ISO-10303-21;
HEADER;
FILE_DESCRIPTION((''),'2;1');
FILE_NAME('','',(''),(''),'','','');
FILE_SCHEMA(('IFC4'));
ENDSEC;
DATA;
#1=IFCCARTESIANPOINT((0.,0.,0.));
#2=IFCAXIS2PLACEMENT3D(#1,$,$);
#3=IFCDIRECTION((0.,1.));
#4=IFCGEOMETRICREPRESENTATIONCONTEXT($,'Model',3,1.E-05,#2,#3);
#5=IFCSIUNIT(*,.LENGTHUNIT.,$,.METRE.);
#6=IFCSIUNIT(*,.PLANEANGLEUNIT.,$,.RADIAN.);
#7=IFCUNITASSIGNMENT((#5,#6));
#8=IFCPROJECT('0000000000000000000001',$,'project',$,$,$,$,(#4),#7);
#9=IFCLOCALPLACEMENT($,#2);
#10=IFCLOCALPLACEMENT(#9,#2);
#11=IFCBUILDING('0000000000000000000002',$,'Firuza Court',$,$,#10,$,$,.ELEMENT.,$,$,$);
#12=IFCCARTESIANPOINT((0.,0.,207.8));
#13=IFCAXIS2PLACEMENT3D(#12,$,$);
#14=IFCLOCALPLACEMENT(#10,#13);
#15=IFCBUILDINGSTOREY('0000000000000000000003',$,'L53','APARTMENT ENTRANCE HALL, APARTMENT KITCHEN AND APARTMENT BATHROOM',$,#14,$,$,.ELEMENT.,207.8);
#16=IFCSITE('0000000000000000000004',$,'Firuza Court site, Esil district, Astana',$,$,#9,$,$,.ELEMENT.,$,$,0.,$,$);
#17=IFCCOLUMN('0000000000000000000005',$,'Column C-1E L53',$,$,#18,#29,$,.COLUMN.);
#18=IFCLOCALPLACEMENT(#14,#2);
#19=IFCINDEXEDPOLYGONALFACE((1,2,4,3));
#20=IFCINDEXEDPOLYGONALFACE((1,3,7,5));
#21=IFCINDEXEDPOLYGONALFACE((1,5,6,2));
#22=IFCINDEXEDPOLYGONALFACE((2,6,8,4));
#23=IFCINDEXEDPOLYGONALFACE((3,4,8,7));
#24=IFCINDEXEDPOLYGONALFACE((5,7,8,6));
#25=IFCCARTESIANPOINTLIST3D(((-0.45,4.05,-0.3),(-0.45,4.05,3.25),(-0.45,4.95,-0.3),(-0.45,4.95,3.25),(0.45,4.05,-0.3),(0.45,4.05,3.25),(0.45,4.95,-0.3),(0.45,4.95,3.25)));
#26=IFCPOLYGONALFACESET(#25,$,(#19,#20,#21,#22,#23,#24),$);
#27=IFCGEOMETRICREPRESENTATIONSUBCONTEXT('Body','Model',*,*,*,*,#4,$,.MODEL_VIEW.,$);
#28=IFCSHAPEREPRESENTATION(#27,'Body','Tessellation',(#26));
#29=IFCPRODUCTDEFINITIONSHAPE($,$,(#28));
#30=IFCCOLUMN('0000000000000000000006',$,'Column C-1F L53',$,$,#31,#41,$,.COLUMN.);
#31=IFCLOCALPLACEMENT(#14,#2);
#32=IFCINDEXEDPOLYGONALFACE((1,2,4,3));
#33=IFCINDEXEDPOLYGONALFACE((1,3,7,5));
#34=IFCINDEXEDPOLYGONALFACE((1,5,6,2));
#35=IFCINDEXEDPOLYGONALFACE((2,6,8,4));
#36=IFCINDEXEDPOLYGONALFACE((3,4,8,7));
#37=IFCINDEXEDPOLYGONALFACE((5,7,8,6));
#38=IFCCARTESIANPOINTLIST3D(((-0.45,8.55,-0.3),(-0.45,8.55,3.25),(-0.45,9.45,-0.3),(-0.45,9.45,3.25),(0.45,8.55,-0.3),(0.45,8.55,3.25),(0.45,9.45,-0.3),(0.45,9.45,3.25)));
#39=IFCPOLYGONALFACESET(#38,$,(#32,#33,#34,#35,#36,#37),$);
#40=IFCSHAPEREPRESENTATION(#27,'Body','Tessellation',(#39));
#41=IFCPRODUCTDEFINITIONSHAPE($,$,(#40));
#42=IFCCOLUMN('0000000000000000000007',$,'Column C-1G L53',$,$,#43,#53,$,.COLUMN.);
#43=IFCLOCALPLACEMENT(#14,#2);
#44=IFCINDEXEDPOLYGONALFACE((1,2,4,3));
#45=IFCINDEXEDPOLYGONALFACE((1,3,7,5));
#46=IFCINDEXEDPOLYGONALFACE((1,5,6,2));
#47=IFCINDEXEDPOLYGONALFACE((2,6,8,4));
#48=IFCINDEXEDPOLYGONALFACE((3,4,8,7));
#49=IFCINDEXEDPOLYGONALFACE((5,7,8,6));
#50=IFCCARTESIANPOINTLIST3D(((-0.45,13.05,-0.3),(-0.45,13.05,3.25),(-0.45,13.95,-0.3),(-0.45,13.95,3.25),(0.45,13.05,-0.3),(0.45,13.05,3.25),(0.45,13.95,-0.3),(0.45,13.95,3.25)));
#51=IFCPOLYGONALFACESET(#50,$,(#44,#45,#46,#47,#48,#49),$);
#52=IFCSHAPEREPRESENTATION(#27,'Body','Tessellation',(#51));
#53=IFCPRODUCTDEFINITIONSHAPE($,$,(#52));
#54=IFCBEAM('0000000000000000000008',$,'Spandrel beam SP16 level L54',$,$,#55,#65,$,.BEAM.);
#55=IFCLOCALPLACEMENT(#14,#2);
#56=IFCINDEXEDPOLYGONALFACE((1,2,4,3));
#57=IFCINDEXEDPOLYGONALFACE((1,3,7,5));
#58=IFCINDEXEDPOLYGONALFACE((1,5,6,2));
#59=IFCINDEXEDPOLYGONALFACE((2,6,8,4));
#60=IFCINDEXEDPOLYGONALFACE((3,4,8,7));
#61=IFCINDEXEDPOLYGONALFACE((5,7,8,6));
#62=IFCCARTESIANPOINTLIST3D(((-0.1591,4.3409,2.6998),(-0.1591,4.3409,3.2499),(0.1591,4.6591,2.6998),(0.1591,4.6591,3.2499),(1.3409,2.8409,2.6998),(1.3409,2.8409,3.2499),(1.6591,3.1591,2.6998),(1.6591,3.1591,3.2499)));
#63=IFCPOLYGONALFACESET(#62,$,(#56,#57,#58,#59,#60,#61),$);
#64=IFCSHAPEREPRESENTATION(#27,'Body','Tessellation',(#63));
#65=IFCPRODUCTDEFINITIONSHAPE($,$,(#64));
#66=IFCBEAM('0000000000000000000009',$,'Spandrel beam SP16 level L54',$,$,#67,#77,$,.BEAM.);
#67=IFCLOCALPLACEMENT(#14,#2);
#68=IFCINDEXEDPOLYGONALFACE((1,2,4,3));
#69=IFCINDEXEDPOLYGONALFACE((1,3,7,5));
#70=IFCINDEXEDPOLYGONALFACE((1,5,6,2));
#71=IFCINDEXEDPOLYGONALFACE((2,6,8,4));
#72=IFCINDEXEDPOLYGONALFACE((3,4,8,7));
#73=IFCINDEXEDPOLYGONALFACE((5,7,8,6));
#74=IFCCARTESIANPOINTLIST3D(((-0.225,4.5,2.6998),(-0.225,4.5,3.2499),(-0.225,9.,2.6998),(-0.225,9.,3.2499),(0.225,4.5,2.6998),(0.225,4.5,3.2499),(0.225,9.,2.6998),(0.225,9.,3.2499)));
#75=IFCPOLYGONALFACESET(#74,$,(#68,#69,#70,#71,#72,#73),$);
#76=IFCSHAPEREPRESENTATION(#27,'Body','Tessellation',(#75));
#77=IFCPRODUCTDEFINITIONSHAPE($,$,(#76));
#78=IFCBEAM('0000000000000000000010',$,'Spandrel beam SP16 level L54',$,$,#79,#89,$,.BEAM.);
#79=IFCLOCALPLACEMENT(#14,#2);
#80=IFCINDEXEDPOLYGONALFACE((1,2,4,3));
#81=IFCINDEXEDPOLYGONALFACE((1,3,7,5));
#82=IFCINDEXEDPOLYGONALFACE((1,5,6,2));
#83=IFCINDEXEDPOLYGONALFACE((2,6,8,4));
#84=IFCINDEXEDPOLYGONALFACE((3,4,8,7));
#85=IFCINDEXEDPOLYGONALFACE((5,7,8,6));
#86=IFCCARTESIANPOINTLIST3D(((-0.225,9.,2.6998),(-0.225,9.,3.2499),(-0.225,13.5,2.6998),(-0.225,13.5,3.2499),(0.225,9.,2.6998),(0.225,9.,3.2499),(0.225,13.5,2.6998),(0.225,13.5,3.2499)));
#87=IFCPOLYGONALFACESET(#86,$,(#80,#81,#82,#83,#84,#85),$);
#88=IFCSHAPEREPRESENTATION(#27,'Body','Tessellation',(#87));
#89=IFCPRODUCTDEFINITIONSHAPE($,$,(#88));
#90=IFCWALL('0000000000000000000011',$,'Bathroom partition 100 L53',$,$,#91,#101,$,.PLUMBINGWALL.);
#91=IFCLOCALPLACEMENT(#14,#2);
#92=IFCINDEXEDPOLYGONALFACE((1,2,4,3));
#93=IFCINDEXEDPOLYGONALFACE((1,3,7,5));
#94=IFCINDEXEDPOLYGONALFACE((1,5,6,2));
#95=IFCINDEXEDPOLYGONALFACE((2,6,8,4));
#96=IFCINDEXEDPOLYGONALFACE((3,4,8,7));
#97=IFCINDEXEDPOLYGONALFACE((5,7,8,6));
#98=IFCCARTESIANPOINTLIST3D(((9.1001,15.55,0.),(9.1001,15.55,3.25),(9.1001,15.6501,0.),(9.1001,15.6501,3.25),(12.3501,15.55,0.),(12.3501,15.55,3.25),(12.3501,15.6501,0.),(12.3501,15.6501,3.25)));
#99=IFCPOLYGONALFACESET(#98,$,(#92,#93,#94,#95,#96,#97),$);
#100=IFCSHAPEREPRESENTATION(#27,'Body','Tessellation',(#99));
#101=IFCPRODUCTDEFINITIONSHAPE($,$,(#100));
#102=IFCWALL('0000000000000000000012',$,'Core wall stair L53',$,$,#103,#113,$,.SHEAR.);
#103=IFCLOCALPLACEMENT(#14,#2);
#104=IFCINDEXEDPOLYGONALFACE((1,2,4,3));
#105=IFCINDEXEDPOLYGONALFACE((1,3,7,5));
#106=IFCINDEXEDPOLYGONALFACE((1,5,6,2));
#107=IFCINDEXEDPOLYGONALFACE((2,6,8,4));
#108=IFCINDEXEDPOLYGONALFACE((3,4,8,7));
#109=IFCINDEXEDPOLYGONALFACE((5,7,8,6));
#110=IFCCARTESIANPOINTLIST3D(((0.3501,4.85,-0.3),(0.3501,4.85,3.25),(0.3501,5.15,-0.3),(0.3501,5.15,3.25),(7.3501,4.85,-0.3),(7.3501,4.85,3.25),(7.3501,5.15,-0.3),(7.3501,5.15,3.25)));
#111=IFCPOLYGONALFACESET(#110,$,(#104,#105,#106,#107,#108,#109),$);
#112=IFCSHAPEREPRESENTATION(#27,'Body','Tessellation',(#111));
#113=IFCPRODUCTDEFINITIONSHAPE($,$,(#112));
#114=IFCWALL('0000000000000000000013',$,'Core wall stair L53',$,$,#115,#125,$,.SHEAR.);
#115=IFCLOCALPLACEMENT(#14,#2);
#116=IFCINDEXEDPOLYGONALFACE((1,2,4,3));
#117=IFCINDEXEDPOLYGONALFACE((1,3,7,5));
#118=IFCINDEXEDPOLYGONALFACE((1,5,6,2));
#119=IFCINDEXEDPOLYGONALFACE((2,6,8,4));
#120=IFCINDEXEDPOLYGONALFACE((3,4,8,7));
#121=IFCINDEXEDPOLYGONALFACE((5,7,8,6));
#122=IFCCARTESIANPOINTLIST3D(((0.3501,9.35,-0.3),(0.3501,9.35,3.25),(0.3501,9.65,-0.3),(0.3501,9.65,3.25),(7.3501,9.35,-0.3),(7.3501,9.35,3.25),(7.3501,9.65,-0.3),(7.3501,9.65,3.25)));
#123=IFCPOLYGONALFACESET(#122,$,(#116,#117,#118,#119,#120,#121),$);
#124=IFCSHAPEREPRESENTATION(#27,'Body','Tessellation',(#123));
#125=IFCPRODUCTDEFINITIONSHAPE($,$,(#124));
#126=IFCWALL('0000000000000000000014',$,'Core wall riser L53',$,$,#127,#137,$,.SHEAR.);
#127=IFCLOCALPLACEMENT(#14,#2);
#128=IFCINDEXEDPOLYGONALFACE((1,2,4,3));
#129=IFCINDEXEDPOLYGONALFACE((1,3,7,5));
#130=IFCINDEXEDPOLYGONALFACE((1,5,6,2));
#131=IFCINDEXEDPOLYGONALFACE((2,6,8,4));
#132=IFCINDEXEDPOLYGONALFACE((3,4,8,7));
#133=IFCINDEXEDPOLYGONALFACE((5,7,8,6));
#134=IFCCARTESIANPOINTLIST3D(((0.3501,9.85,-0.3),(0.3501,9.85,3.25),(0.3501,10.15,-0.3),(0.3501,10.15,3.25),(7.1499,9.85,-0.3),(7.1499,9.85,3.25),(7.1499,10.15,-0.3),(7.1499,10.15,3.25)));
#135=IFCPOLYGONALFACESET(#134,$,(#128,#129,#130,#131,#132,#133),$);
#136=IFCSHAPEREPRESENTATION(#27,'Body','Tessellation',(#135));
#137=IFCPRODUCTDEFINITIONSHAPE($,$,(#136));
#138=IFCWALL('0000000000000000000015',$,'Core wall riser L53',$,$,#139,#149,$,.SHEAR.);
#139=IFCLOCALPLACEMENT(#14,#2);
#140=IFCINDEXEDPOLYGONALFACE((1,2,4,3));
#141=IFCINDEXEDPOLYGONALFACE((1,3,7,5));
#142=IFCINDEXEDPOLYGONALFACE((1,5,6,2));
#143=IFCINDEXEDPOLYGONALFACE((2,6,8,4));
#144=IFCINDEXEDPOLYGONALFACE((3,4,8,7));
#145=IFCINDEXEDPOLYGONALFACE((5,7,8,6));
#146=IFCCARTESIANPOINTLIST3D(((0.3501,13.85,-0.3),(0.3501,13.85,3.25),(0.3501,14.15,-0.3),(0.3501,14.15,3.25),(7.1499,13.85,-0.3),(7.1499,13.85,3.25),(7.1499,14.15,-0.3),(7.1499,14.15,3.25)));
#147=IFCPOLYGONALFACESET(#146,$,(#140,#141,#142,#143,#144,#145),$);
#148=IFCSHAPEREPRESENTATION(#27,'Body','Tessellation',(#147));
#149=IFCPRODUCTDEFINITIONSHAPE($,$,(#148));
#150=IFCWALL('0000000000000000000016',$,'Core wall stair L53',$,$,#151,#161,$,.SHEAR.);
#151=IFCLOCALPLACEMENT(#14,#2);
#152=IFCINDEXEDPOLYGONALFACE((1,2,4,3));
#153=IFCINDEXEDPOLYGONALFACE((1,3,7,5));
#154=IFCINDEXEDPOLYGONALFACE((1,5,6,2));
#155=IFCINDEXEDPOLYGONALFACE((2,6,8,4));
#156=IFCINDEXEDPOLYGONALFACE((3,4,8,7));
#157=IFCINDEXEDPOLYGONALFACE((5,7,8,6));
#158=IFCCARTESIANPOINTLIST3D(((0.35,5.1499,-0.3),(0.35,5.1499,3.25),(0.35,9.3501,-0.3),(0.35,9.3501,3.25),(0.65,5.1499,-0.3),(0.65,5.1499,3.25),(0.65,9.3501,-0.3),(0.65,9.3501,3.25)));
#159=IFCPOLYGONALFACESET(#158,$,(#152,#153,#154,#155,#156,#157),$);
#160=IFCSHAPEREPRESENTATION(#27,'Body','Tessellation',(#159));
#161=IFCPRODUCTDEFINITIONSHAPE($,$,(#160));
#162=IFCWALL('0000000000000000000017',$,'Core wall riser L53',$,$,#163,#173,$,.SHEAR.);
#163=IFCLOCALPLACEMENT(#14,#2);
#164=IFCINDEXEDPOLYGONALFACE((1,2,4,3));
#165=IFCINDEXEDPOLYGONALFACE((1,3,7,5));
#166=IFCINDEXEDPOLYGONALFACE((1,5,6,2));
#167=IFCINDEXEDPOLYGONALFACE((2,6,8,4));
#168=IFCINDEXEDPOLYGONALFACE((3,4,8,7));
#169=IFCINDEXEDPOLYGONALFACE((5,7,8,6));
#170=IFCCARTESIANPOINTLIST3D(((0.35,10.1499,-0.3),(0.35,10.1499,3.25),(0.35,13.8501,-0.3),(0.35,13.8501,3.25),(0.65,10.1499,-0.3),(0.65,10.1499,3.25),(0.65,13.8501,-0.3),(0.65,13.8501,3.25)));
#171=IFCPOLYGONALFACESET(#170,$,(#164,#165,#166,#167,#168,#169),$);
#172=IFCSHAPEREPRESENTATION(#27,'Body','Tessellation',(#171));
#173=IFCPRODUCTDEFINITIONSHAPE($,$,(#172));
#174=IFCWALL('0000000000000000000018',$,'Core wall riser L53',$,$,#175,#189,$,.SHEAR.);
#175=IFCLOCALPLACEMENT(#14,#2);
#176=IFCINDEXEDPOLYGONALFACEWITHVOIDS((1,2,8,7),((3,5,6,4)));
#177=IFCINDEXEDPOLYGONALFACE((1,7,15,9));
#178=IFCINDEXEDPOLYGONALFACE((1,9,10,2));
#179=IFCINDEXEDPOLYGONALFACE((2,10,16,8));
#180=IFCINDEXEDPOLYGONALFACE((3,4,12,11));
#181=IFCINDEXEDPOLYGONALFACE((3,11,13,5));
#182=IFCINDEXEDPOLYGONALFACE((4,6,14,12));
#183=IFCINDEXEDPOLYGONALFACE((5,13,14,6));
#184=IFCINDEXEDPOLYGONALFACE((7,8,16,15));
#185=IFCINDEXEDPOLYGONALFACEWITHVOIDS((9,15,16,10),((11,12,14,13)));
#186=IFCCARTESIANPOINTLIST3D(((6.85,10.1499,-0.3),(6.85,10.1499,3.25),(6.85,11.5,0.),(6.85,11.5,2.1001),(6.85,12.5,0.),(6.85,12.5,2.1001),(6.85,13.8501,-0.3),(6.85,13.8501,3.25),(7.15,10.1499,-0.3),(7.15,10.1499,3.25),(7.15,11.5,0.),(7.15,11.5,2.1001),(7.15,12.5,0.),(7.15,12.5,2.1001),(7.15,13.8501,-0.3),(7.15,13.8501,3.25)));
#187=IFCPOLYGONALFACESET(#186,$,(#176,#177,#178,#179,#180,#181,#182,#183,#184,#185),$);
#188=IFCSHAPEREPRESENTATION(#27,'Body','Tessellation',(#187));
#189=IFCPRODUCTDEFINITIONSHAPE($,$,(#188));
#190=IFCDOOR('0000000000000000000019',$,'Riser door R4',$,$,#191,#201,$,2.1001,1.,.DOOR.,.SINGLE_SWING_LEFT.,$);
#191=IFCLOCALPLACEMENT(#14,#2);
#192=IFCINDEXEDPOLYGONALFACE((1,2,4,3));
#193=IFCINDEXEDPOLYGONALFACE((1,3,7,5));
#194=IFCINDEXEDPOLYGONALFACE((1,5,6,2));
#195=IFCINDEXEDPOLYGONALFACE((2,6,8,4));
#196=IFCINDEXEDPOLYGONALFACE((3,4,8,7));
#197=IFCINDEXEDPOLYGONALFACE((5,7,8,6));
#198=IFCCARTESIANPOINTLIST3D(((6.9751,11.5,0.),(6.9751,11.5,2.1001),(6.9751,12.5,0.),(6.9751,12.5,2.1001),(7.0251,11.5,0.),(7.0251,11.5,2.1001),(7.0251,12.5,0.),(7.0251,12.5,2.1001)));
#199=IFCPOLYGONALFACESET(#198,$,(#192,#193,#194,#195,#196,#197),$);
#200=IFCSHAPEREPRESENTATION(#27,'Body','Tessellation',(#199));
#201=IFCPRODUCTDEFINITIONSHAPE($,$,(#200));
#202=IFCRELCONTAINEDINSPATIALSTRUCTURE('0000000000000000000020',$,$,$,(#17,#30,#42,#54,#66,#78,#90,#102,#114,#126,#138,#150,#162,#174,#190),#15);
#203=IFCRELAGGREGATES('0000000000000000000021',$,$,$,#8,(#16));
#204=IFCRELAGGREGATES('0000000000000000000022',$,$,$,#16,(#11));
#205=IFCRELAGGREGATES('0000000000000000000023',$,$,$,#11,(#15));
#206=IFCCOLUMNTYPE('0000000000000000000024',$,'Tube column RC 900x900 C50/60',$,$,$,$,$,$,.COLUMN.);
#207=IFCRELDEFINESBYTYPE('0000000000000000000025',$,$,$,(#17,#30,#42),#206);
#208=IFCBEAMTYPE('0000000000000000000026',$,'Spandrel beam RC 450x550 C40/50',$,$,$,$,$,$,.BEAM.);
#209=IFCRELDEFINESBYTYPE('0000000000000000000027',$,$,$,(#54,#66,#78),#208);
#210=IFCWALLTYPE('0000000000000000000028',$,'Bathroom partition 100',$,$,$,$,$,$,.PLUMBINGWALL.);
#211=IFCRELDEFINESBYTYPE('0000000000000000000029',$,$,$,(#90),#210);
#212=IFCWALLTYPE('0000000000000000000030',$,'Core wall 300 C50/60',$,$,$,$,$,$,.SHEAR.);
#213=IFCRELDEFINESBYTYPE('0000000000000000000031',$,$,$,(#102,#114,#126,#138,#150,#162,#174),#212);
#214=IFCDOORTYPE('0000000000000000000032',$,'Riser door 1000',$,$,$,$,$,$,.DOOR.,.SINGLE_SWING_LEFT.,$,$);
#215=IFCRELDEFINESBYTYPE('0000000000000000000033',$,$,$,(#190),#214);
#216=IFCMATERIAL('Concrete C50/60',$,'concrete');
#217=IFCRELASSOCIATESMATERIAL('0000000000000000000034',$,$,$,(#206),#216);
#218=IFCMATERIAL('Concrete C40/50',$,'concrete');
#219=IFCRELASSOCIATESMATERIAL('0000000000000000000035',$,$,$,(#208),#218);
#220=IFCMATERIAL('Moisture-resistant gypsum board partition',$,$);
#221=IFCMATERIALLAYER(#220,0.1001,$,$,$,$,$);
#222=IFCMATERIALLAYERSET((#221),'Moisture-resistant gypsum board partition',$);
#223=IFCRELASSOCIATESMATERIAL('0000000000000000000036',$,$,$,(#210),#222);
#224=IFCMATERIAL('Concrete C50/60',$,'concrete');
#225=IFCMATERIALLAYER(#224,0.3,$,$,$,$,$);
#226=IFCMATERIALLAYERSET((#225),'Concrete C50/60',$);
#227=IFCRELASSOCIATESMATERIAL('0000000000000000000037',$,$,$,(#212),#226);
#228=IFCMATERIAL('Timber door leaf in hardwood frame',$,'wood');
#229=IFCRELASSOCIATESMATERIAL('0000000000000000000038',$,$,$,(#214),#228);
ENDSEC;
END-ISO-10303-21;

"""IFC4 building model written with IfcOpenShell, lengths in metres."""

from ifc_helpers import new_model, si_unit, direction, frame, frame_2d, origin, origin_2d, place, context, subcontext, project, spatial, rectangle, extrude, material, layer, layer_set, material_profile, profile_set, type_object, element, fill, save


model = new_model("IFC4")

# Units and contexts
model_context = context("Model", 3, precision=1e-05, world=origin(), true_north=direction((0.0, 1.0)))
body_context = subcontext(model_context, "Body", "Model", "MODEL_VIEW")
ifc_project = project(units=[si_unit("LENGTHUNIT", "METRE"), si_unit("PLANEANGLEUNIT", "RADIAN")], contexts=[model_context])

# Site, building, storey
site_placement = place(None, origin())
site = spatial("IfcSite", under=ifc_project, at=site_placement, Name="Firuza Court site, Esil district, Astana", CompositionType="ELEMENT", RefElevation=0.0)
building_placement = place(site_placement, origin())
building = spatial("IfcBuilding", under=site, at=building_placement, Name="Firuza Court", CompositionType="ELEMENT")
storey_placement = place(building_placement, frame((0.0, 0.0, 207.8)))
storey = spatial("IfcBuildingStorey", under=building, at=storey_placement, Name="L53", Description="APARTMENT ENTRANCE HALL, APARTMENT KITCHEN AND APARTMENT BATHROOM", CompositionType="ELEMENT", Elevation=207.8)

# Columns
ifc_material_1 = material(Name="Concrete C50/60", Category="concrete")
ifc_material_profile_1 = material_profile(ifc_material_1, rectangle(XDim=0.8999, YDim=0.8999, at=origin_2d()), Name="RC 900x900")
ifc_profile_set_1 = profile_set([ifc_material_profile_1], Name="Concrete C50/60")
column_type = type_object("IfcColumnType", Name="Tube column RC 900x900 C50/60", PredefinedType="COLUMN", material=ifc_profile_set_1)
for number, where, z_axis, x_axis, name in (
    (1, (0.0, 4.5, -0.3), (0.0, 0.0, 1.0), (1.0, 0.0, 0.0), "Column C-1E L53"),
    (2, (0.0, 9.0, -0.3), (0.0, 0.0, 1.0), (1.0, 0.0, 0.0), "Column C-1F L53"),
    (3, (0.0, 13.5, -0.3), (0.0, 0.0, 1.0), (1.0, 0.0, 0.0), "Column C-1G L53"),
):
    element("IfcColumn", number, at=place(storey_placement, frame(where, z_axis=z_axis, x_axis=x_axis)), inside=storey, type_object=column_type, Name=name, PredefinedType="COLUMN", context=body_context, shape_type="SweptSolid", body=[
        extrude(rectangle(XDim=0.8999, YDim=0.8999, at=origin_2d()), origin(), (0.0, 0.0, 1.0), 3.55),
    ])

# Beams
ifc_material_2 = material(Name="Concrete C40/50", Category="concrete")
ifc_material_profile_2 = material_profile(ifc_material_2, rectangle(XDim=0.45, YDim=0.55, at=origin_2d()), Name="RC 450x550")
ifc_profile_set_2 = profile_set([ifc_material_profile_2], Name="Concrete C40/50")
beam_type = type_object("IfcBeamType", Name="Spandrel beam RC 450x550 C40/50", PredefinedType="BEAM", material=ifc_profile_set_2)
beam_placement = place(storey_placement, frame((0.0, 4.5, 2.9749), z_axis=(0.707107, -0.707107, 0.0), x_axis=(0.707107, 0.707107, 0.0)))
element("IfcBeam", 4, at=beam_placement, inside=storey, type_object=beam_type, Name="Spandrel beam SP16 level L54", PredefinedType="BEAM", context=body_context, shape_type="SweptSolid", body=[
    extrude(rectangle(XDim=0.45, YDim=0.55, at=origin_2d()), origin(), (0.0, 0.0, 1.0), 2.1213),
])
for number, where, z_axis, x_axis, name in (
    (5, (0.0, 9.0, 2.9749), (0.0, -1.0, 0.0), (1.0, 0.0, 0.0), "Spandrel beam SP16 level L54"),
    (6, (0.0, 13.5, 2.9749), (0.0, -1.0, 0.0), (1.0, 0.0, 0.0), "Spandrel beam SP16 level L54"),
):
    element("IfcBeam", number, at=place(storey_placement, frame(where, z_axis=z_axis, x_axis=x_axis)), inside=storey, type_object=beam_type, Name=name, PredefinedType="BEAM", context=body_context, shape_type="SweptSolid", body=[
        extrude(rectangle(XDim=0.45, YDim=0.55, at=origin_2d()), origin(), (0.0, 0.0, 1.0), 4.5),
    ])

# Walls
ifc_material_3 = material(Name="Moisture-resistant gypsum board partition")
ifc_layer_1 = layer(ifc_material_3, 0.1001)
ifc_layer_set_1 = layer_set([ifc_layer_1], Name="Moisture-resistant gypsum board partition")
wall_type_1 = type_object("IfcWallType", Name="Bathroom partition 100", PredefinedType="PLUMBINGWALL", material=ifc_layer_set_1)
wall_1_placement = place(storey_placement, frame((9.1001, 15.6001, 0.0), z_axis=(0.0, 0.0, 1.0), x_axis=(1.0, 0.0, 0.0)))
element("IfcWall", 7, at=wall_1_placement, inside=storey, type_object=wall_type_1, Name="Bathroom partition 100 L53", PredefinedType="PLUMBINGWALL", context=body_context, shape_type="SweptSolid", body=[
    extrude(rectangle(XDim=3.25, YDim=0.1001, at=frame_2d((1.625, 0.0))), origin(), (0.0, 0.0, 1.0), 3.25),
])
ifc_material_4 = material(Name="Concrete C50/60", Category="concrete")
ifc_layer_2 = layer(ifc_material_4, 0.3)
ifc_layer_set_2 = layer_set([ifc_layer_2], Name="Concrete C50/60")
wall_type_2 = type_object("IfcWallType", Name="Core wall 300 C50/60", PredefinedType="SHEAR", material=ifc_layer_set_2)
for number, where, z_axis, x_axis, name in (
    (8, (0.3501, 5.0, -0.3), (0.0, 0.0, 1.0), (1.0, 0.0, 0.0), "Core wall stair L53"),
    (9, (0.3501, 9.5, -0.3), (0.0, 0.0, 1.0), (1.0, 0.0, 0.0), "Core wall stair L53"),
):
    element("IfcWall", number, at=place(storey_placement, frame(where, z_axis=z_axis, x_axis=x_axis)), inside=storey, type_object=wall_type_2, Name=name, PredefinedType="SHEAR", context=body_context, shape_type="SweptSolid", body=[
        extrude(rectangle(XDim=7.0, YDim=0.3, at=frame_2d((3.5, 0.0))), origin(), (0.0, 0.0, 1.0), 3.55),
    ])
for number, where, z_axis, x_axis, name in (
    (10, (0.3501, 10.0, -0.3), (0.0, 0.0, 1.0), (1.0, 0.0, 0.0), "Core wall riser L53"),
    (11, (0.3501, 14.0, -0.3), (0.0, 0.0, 1.0), (1.0, 0.0, 0.0), "Core wall riser L53"),
):
    element("IfcWall", number, at=place(storey_placement, frame(where, z_axis=z_axis, x_axis=x_axis)), inside=storey, type_object=wall_type_2, Name=name, PredefinedType="SHEAR", context=body_context, shape_type="SweptSolid", body=[
        extrude(rectangle(XDim=6.7998, YDim=0.3, at=frame_2d((3.3999, 0.0))), origin(), (0.0, 0.0, 1.0), 3.55),
    ])
wall_2_placement = place(storey_placement, frame((0.5, 5.1499, -0.3), z_axis=(0.0, 0.0, 1.0), x_axis=(0.0, 1.0, 0.0)))
element("IfcWall", 12, at=wall_2_placement, inside=storey, type_object=wall_type_2, Name="Core wall stair L53", PredefinedType="SHEAR", context=body_context, shape_type="SweptSolid", body=[
    extrude(rectangle(XDim=4.2002, YDim=0.3, at=frame_2d((2.1001, 0.0))), origin(), (0.0, 0.0, 1.0), 3.55),
])
wall_3_placement = place(storey_placement, frame((0.5, 10.1499, -0.3), z_axis=(0.0, 0.0, 1.0), x_axis=(0.0, 1.0, 0.0)))
element("IfcWall", 13, at=wall_3_placement, inside=storey, type_object=wall_type_2, Name="Core wall riser L53", PredefinedType="SHEAR", context=body_context, shape_type="SweptSolid", body=[
    extrude(rectangle(XDim=3.7002, YDim=0.3, at=frame_2d((1.8501, 0.0))), origin(), (0.0, 0.0, 1.0), 3.55),
])

# Wall, opening, door
wall_4_placement = place(storey_placement, frame((7.0, 10.1499, -0.3), z_axis=(0.0, 0.0, 1.0), x_axis=(0.0, 1.0, 0.0)))
wall_4 = element("IfcWall", 14, at=wall_4_placement, inside=storey, type_object=wall_type_2, Name="Core wall riser L53", PredefinedType="SHEAR", context=body_context, shape_type="SweptSolid", body=[
    extrude(rectangle(XDim=3.7002, YDim=0.3, at=frame_2d((1.8501, 0.0))), origin(), (0.0, 0.0, 1.0), 3.55),
])
opening_1_placement = place(wall_4_placement, frame((1.3501, 0.0, 0.3)))
opening_1 = element("IfcOpeningElement", 15, at=opening_1_placement, cuts=wall_4, PredefinedType="OPENING", context=body_context, shape_type="SweptSolid", body=[
    extrude(rectangle(XDim=1.0, YDim=2.1001, at=frame_2d((0.5, 1.05))), frame((0.0, 0.1621, 0.0), z_axis=(0.0, -1.0, 0.0), x_axis=(1.0, 0.0, 0.0)), (0.0, 0.0, 1.0), 0.324),
])
ifc_material_5 = material(Name="Timber door leaf in hardwood frame", Category="wood")
door_type_1 = type_object("IfcDoorType", Name="Riser door 1000", OperationType="SINGLE_SWING_LEFT", PredefinedType="DOOR", material=ifc_material_5)
door_1_placement = place(opening_1_placement, origin())
door_1 = element("IfcDoor", 16, at=door_1_placement, inside=storey, type_object=door_type_1, Name="Riser door R4", OperationType="SINGLE_SWING_LEFT", OverallHeight=2.1001, OverallWidth=1.0, PredefinedType="DOOR", context=body_context, shape_type="SweptSolid", body=[
    extrude(rectangle(XDim=1.0, YDim=2.1001, at=frame_2d((0.5, 1.05))), frame((0.0, 0.0249, 0.0), z_axis=(0.0, -1.0, 0.0), x_axis=(1.0, 0.0, 0.0)), (0.0, 0.0, 1.0), 0.05),
])
fill(opening_1, door_1)

save(model, "model.ifc")
